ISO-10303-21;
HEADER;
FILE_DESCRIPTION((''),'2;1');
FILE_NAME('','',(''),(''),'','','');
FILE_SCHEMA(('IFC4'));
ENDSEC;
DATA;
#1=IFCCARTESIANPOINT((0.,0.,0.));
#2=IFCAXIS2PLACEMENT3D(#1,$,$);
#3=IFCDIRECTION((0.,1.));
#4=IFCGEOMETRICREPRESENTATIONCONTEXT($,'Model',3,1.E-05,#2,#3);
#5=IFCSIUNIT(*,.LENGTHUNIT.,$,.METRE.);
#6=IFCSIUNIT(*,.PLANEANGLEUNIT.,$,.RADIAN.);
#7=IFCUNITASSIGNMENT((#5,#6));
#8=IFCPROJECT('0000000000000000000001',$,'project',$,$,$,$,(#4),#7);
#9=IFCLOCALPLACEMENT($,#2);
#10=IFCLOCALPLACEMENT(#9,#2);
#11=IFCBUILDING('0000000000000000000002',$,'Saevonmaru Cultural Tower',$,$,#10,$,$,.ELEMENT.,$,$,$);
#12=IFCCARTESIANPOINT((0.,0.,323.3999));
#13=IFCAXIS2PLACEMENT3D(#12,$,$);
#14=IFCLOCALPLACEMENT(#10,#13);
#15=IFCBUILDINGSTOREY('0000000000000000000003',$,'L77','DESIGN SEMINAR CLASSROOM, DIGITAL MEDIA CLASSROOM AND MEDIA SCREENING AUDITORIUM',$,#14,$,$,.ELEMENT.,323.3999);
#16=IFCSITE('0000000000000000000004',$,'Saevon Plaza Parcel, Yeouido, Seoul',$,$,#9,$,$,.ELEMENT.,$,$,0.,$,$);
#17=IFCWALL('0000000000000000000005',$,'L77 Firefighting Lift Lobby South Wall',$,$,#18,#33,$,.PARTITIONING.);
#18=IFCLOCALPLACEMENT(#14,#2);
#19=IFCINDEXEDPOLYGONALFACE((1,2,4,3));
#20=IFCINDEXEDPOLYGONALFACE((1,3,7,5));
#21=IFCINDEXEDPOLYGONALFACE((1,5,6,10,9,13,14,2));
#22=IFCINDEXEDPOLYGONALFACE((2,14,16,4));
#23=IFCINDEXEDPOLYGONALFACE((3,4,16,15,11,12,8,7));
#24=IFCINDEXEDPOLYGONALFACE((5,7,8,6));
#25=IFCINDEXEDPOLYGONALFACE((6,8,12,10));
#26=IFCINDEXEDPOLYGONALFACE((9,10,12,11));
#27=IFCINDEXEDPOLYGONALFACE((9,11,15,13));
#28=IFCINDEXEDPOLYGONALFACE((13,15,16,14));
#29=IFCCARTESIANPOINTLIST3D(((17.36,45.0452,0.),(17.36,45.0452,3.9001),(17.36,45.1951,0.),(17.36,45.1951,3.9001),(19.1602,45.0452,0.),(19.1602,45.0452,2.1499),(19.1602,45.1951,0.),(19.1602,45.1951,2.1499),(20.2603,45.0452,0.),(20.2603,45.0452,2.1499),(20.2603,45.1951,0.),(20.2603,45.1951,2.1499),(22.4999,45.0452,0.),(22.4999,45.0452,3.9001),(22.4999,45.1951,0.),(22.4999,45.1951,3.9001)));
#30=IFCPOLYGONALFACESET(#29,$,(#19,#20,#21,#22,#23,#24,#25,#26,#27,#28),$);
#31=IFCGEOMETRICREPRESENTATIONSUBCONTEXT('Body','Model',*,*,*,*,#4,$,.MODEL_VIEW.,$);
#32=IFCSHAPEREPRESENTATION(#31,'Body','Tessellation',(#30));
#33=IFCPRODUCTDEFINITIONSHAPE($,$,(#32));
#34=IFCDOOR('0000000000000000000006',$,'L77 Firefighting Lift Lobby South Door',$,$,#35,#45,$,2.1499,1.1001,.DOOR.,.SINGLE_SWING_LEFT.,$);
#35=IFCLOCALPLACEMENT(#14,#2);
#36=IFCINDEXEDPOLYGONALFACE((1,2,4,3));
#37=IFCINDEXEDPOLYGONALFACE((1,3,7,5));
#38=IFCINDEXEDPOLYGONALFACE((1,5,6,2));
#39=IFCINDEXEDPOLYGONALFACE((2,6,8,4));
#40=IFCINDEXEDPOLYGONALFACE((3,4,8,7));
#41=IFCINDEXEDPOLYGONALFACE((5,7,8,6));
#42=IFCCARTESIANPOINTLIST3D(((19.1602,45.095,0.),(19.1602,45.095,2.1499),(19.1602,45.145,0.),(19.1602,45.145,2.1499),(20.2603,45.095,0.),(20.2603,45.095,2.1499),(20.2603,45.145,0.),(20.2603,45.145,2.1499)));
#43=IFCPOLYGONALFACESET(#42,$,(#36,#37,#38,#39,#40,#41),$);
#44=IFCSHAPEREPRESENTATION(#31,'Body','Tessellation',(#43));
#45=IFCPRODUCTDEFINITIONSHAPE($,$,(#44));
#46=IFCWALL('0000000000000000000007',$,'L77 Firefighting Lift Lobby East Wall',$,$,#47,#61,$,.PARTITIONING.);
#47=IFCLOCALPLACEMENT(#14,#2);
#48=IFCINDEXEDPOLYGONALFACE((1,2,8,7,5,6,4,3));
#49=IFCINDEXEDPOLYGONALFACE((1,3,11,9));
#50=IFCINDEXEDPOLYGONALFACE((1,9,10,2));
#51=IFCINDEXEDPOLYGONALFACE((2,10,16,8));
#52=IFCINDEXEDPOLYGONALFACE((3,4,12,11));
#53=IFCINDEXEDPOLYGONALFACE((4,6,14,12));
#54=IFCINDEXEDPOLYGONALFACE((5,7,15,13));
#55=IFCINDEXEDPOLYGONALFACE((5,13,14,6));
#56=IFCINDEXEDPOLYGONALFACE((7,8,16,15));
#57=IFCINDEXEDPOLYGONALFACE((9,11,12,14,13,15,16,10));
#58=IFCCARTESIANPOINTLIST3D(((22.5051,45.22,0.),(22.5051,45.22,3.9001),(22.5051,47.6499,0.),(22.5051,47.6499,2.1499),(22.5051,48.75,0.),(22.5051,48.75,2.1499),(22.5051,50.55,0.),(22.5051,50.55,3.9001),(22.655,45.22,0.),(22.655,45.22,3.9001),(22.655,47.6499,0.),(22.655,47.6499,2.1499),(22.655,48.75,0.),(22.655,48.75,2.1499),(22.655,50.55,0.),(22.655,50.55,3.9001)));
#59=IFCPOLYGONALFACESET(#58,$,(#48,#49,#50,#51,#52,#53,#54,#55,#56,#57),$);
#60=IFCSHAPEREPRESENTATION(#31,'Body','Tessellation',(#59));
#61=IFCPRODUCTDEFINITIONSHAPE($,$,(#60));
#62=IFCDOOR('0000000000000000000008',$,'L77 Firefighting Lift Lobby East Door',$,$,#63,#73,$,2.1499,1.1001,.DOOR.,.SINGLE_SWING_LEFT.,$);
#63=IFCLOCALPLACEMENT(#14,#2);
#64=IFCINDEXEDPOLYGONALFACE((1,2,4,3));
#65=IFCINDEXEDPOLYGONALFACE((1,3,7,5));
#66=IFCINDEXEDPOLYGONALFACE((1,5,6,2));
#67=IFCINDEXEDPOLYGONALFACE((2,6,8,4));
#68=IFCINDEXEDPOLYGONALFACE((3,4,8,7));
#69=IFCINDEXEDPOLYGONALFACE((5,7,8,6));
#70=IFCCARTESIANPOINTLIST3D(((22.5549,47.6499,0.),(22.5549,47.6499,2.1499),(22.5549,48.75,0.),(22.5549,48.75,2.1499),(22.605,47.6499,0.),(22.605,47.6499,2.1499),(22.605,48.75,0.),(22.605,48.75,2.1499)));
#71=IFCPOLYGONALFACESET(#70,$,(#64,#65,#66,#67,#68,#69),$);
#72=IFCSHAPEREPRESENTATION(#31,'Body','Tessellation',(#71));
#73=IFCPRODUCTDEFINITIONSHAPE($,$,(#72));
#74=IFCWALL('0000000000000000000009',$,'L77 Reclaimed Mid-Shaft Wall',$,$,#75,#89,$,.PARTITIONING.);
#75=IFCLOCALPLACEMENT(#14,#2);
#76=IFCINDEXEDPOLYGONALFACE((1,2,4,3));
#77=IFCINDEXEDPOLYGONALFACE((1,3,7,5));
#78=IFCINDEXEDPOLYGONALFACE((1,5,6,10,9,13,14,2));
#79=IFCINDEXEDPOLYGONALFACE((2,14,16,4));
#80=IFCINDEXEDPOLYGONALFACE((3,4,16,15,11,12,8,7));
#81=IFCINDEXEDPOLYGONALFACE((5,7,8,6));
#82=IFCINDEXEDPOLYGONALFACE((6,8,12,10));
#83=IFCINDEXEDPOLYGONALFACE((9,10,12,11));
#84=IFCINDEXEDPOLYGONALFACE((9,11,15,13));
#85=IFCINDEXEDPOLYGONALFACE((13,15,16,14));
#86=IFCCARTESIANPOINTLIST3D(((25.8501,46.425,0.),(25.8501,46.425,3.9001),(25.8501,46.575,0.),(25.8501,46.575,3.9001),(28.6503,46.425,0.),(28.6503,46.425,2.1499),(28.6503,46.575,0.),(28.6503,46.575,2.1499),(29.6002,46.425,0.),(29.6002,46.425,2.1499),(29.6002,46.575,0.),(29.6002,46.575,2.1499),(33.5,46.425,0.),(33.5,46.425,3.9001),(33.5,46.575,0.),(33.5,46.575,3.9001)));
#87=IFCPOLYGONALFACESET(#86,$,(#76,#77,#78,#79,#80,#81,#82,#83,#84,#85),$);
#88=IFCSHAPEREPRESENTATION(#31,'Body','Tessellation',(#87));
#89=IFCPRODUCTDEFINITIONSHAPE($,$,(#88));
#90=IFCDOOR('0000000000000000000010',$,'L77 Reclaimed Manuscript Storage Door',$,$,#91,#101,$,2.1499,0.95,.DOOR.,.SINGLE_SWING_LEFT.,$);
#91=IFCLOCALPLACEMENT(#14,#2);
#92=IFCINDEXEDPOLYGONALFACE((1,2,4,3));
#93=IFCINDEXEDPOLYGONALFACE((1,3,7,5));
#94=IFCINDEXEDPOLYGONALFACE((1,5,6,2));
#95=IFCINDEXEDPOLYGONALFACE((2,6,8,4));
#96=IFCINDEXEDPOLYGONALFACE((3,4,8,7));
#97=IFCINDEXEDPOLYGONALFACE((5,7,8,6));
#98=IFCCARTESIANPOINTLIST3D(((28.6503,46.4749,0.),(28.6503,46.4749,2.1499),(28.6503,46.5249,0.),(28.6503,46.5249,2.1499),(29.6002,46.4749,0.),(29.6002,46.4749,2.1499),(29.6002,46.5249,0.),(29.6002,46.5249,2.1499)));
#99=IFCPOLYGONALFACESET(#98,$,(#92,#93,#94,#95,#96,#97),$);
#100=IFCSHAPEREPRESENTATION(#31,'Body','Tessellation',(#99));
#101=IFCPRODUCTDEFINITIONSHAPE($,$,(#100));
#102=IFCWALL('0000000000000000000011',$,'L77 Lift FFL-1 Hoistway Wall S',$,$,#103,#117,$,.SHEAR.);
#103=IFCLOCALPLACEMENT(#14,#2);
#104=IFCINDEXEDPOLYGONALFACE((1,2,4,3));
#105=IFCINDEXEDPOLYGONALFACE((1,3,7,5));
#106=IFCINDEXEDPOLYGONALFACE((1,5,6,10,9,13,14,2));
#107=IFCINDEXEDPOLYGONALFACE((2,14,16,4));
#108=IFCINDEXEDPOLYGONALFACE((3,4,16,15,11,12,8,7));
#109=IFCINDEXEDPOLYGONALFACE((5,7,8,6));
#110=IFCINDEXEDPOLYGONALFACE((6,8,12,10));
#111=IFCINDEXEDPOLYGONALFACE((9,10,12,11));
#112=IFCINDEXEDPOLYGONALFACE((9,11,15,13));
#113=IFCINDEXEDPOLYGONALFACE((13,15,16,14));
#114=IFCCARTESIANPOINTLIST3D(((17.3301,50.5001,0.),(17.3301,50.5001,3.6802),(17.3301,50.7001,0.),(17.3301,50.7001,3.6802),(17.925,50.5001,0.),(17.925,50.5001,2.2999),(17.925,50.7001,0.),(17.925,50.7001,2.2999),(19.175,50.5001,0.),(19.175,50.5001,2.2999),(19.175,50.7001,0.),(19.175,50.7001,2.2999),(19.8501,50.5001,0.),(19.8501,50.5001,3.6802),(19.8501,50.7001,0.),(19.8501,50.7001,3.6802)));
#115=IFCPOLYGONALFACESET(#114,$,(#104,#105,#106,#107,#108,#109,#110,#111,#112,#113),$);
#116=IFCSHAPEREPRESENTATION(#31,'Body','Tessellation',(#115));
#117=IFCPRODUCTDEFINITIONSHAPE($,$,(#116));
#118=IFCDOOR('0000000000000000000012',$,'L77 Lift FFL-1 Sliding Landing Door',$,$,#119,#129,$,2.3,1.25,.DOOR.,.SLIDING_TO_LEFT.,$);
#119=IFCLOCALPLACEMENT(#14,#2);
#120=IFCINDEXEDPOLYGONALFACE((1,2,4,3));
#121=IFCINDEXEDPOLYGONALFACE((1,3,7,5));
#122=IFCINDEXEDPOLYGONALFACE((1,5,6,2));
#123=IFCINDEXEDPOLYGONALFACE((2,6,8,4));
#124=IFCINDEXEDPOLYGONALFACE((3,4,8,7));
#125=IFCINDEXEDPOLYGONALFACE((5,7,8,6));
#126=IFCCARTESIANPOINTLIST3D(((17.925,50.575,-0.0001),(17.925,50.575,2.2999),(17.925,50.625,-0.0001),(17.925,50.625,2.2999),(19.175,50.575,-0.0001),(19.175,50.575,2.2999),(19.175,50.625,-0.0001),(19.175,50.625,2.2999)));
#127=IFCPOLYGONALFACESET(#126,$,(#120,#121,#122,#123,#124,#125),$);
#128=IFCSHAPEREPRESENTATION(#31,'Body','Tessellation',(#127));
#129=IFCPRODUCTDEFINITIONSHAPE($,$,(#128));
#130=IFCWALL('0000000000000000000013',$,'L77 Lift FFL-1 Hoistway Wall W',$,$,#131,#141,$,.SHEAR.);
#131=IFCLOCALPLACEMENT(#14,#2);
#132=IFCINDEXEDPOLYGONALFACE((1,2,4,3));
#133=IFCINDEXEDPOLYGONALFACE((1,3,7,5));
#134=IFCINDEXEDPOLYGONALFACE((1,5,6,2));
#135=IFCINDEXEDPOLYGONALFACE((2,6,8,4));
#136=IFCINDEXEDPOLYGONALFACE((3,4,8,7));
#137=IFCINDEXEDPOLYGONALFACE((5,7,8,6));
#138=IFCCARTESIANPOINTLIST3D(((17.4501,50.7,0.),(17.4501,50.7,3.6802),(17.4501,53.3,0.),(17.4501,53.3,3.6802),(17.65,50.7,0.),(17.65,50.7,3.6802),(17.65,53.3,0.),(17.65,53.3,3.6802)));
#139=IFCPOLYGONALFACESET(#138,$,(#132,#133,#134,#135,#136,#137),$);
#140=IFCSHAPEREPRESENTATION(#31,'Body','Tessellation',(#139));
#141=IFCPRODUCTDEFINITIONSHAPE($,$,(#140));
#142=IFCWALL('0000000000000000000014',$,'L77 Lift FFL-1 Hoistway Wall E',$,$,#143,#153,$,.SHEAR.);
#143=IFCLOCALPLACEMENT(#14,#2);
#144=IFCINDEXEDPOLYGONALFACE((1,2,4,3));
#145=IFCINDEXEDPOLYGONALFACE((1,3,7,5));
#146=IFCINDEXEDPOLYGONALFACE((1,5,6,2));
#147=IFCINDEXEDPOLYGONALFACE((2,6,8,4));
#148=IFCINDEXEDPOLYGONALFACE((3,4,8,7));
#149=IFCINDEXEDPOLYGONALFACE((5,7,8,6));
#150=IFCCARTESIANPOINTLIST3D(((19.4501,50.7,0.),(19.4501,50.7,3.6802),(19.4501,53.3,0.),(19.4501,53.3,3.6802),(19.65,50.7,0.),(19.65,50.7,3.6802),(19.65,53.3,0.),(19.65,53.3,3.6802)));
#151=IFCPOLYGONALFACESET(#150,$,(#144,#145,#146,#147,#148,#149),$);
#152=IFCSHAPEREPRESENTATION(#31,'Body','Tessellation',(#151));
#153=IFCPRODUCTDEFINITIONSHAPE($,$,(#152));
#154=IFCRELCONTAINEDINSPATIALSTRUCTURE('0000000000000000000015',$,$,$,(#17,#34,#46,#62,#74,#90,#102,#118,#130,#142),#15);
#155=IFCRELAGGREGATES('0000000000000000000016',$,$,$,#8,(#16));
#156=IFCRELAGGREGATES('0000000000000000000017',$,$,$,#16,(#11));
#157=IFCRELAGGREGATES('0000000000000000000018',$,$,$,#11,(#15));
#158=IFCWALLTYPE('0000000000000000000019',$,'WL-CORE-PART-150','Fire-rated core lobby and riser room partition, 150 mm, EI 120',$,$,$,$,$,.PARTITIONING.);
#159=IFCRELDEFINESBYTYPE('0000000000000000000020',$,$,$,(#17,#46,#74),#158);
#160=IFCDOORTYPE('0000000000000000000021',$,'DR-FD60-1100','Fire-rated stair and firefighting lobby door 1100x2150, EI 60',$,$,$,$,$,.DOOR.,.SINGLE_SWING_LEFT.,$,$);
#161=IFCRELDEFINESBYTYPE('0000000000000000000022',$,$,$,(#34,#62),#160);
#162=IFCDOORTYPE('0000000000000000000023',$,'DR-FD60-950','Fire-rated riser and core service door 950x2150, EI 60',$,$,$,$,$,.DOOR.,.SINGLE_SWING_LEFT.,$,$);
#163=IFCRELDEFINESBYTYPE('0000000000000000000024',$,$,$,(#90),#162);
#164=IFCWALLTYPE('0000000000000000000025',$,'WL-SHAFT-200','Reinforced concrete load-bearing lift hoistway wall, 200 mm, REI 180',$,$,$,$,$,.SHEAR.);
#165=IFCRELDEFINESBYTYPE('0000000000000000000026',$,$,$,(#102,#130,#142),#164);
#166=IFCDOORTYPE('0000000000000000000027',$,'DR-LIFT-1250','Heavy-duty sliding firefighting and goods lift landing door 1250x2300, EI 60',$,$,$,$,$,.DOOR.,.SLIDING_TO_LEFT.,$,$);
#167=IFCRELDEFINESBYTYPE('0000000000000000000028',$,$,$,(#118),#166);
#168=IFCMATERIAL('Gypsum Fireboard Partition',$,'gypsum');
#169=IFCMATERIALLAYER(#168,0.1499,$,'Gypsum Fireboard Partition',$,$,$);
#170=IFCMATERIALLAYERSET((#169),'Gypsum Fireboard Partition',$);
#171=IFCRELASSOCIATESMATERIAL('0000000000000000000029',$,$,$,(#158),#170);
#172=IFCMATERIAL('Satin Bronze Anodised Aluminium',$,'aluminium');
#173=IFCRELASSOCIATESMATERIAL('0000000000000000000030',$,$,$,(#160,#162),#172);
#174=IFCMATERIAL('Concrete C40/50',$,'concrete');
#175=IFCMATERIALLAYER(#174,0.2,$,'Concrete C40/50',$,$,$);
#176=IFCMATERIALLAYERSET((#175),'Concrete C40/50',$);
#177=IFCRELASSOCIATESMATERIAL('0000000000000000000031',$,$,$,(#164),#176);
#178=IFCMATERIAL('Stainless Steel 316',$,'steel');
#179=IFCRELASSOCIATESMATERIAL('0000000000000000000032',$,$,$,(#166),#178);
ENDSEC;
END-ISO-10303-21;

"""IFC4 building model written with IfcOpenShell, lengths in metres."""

from ifc_helpers import new_model, si_unit, direction, frame, frame_2d, origin, place, context, subcontext, project, spatial, rectangle, extrude, material, layer, layer_set, type_object, element, fill, save


model = new_model("IFC4")

# Units and contexts
model_context = context("Model", 3, precision=1e-05, world=origin(), true_north=direction((0.0, 1.0)))
body_context = subcontext(model_context, "Body", "Model", "MODEL_VIEW")
ifc_project = project(units=[si_unit("LENGTHUNIT", "METRE"), si_unit("PLANEANGLEUNIT", "RADIAN")], contexts=[model_context])

# Site, building, storey
site_placement = place(None, origin())
site = spatial("IfcSite", under=ifc_project, at=site_placement, Name="Saevon Plaza Parcel, Yeouido, Seoul", CompositionType="ELEMENT", RefElevation=0.0)
building_placement = place(site_placement, origin())
building = spatial("IfcBuilding", under=site, at=building_placement, Name="Saevonmaru Cultural Tower", CompositionType="ELEMENT")
storey_placement = place(building_placement, frame((0.0, 0.0, 323.3999)))
storey = spatial("IfcBuildingStorey", under=building, at=storey_placement, Name="L77", Description="DESIGN SEMINAR CLASSROOM, DIGITAL MEDIA CLASSROOM AND MEDIA SCREENING AUDITORIUM", CompositionType="ELEMENT", Elevation=323.3999)

# Walls, openings, doors
ifc_material_1 = material(Name="Gypsum Fireboard Partition", Category="gypsum")
ifc_layer_1 = layer(ifc_material_1, 0.1499, Name="Gypsum Fireboard Partition")
ifc_layer_set_1 = layer_set([ifc_layer_1], Name="Gypsum Fireboard Partition")
wall_type_1 = type_object("IfcWallType", Name="WL-CORE-PART-150", Description="Fire-rated core lobby and riser room partition, 150 mm, EI 120", PredefinedType="PARTITIONING", material=ifc_layer_set_1)
wall_1_placement = place(storey_placement, frame((17.3601, 45.1201, 0.0), z_axis=(0.0, 0.0, 1.0), x_axis=(1.0, 0.0, 0.0)))
wall_1 = element("IfcWall", 1, at=wall_1_placement, inside=storey, type_object=wall_type_1, Name="L77 Firefighting Lift Lobby South Wall", PredefinedType="PARTITIONING", context=body_context, shape_type="SweptSolid", body=[
    extrude(rectangle(XDim=5.1399, YDim=0.1499, at=frame_2d((2.5698, 0.0))), origin(), (0.0, 0.0, 1.0), 3.9001),
])
opening_1_placement = place(wall_1_placement, frame((1.8, 0.0, 0.0)))
opening_1 = element("IfcOpeningElement", 2, at=opening_1_placement, cuts=wall_1, PredefinedType="OPENING", context=body_context, shape_type="SweptSolid", body=[
    extrude(rectangle(XDim=1.1001, YDim=2.1499, at=frame_2d((0.55, 1.075))), frame((0.0, 0.085, 0.0), z_axis=(0.0, -1.0, 0.0), x_axis=(1.0, 0.0, 0.0)), (0.0, 0.0, 1.0), 0.1699),
])
ifc_material_2 = material(Name="Satin Bronze Anodised Aluminium", Category="aluminium")
door_type_1 = type_object("IfcDoorType", Name="DR-FD60-1100", Description="Fire-rated stair and firefighting lobby door 1100x2150, EI 60", OperationType="SINGLE_SWING_LEFT", PredefinedType="DOOR", material=ifc_material_2)
door_1_placement = place(opening_1_placement, origin())
door_1 = element("IfcDoor", 3, at=door_1_placement, inside=storey, type_object=door_type_1, Name="L77 Firefighting Lift Lobby South Door", OperationType="SINGLE_SWING_LEFT", OverallHeight=2.1499, OverallWidth=1.1001, PredefinedType="DOOR", context=body_context, shape_type="SweptSolid", body=[
    extrude(rectangle(XDim=1.1001, YDim=2.1499, at=frame_2d((0.55, 1.075))), frame((0.0, 0.0249, 0.0), z_axis=(0.0, -1.0, 0.0), x_axis=(1.0, 0.0, 0.0)), (0.0, 0.0, 1.0), 0.05),
])
fill(opening_1, door_1)
wall_2_placement = place(storey_placement, frame((22.5801, 50.55, 0.0), z_axis=(0.0, 0.0, 1.0), x_axis=(0.0, -1.0, 0.0)))
wall_2 = element("IfcWall", 4, at=wall_2_placement, inside=storey, type_object=wall_type_1, Name="L77 Firefighting Lift Lobby East Wall", PredefinedType="PARTITIONING", context=body_context, shape_type="SweptSolid", body=[
    extrude(rectangle(XDim=5.3301, YDim=0.1499, at=frame_2d((2.665, 0.0))), origin(), (0.0, 0.0, 1.0), 3.9001),
])
opening_2_placement = place(wall_2_placement, frame((1.8, 0.0, 0.0)))
opening_2 = element("IfcOpeningElement", 5, at=opening_2_placement, cuts=wall_2, PredefinedType="OPENING", context=body_context, shape_type="SweptSolid", body=[
    extrude(rectangle(XDim=1.1001, YDim=2.1499, at=frame_2d((0.55, 1.075))), frame((0.0, 0.085, 0.0), z_axis=(0.0, -1.0, 0.0), x_axis=(1.0, 0.0, 0.0)), (0.0, 0.0, 1.0), 0.1699),
])
door_2_placement = place(opening_2_placement, origin())
door_2 = element("IfcDoor", 6, at=door_2_placement, inside=storey, type_object=door_type_1, Name="L77 Firefighting Lift Lobby East Door", OperationType="SINGLE_SWING_LEFT", OverallHeight=2.1499, OverallWidth=1.1001, PredefinedType="DOOR", context=body_context, shape_type="SweptSolid", body=[
    extrude(rectangle(XDim=1.1001, YDim=2.1499, at=frame_2d((0.55, 1.075))), frame((0.0, 0.0249, 0.0), z_axis=(0.0, -1.0, 0.0), x_axis=(1.0, 0.0, 0.0)), (0.0, 0.0, 1.0), 0.05),
])
fill(opening_2, door_2)
wall_3_placement = place(storey_placement, frame((25.8501, 46.5, 0.0), z_axis=(0.0, 0.0, 1.0), x_axis=(1.0, 0.0, 0.0)))
wall_3 = element("IfcWall", 7, at=wall_3_placement, inside=storey, type_object=wall_type_1, Name="L77 Reclaimed Mid-Shaft Wall", PredefinedType="PARTITIONING", context=body_context, shape_type="SweptSolid", body=[
    extrude(rectangle(XDim=7.6499, YDim=0.1499, at=frame_2d((3.825, 0.0))), origin(), (0.0, 0.0, 1.0), 3.9001),
])
opening_3_placement = place(wall_3_placement, frame((2.8, 0.0, 0.0)))
opening_3 = element("IfcOpeningElement", 8, at=opening_3_placement, cuts=wall_3, PredefinedType="OPENING", context=body_context, shape_type="SweptSolid", body=[
    extrude(rectangle(XDim=0.95, YDim=2.1499, at=frame_2d((0.4751, 1.075))), frame((0.0, 0.085, 0.0), z_axis=(0.0, -1.0, 0.0), x_axis=(1.0, 0.0, 0.0)), (0.0, 0.0, 1.0), 0.1699),
])
door_type_2 = type_object("IfcDoorType", Name="DR-FD60-950", Description="Fire-rated riser and core service door 950x2150, EI 60", OperationType="SINGLE_SWING_LEFT", PredefinedType="DOOR", material=ifc_material_2)
door_3_placement = place(opening_3_placement, origin())
door_3 = element("IfcDoor", 9, at=door_3_placement, inside=storey, type_object=door_type_2, Name="L77 Reclaimed Manuscript Storage Door", OperationType="SINGLE_SWING_LEFT", OverallHeight=2.1499, OverallWidth=0.95, PredefinedType="DOOR", context=body_context, shape_type="SweptSolid", body=[
    extrude(rectangle(XDim=0.95, YDim=2.1499, at=frame_2d((0.4751, 1.075))), frame((0.0, 0.0249, 0.0), z_axis=(0.0, -1.0, 0.0), x_axis=(1.0, 0.0, 0.0)), (0.0, 0.0, 1.0), 0.05),
])
fill(opening_3, door_3)
ifc_material_3 = material(Name="Concrete C40/50", Category="concrete")
ifc_layer_2 = layer(ifc_material_3, 0.2, Name="Concrete C40/50")
ifc_layer_set_2 = layer_set([ifc_layer_2], Name="Concrete C40/50")
wall_type_2 = type_object("IfcWallType", Name="WL-SHAFT-200", Description="Reinforced concrete load-bearing lift hoistway wall, 200 mm, REI 180", PredefinedType="SHEAR", material=ifc_layer_set_2)
wall_4_placement = place(storey_placement, frame((17.3301, 50.6001, 0.0), z_axis=(0.0, 0.0, 1.0), x_axis=(1.0, 0.0, 0.0)))
wall_4 = element("IfcWall", 10, at=wall_4_placement, inside=storey, type_object=wall_type_2, Name="L77 Lift FFL-1 Hoistway Wall S", PredefinedType="SHEAR", context=body_context, shape_type="SweptSolid", body=[
    extrude(rectangle(XDim=2.52, YDim=0.2, at=frame_2d((1.26, 0.0))), origin(), (0.0, 0.0, 1.0), 3.6802),
])
opening_4_placement = place(wall_4_placement, frame((0.595, 0.0, 0.0)))
opening_4 = element("IfcOpeningElement", 11, at=opening_4_placement, cuts=wall_4, PredefinedType="OPENING", context=body_context, shape_type="SweptSolid", body=[
    extrude(rectangle(XDim=1.25, YDim=2.3, at=frame_2d((0.625, 1.1499))), frame((0.0, 0.1099, 0.0), z_axis=(0.0, -1.0, 0.0), x_axis=(1.0, 0.0, 0.0)), (0.0, 0.0, 1.0), 0.22),
])
ifc_material_4 = material(Name="Stainless Steel 316", Category="steel")
door_type_3 = type_object("IfcDoorType", Name="DR-LIFT-1250", Description="Heavy-duty sliding firefighting and goods lift landing door 1250x2300, EI 60", OperationType="SLIDING_TO_LEFT", PredefinedType="DOOR", material=ifc_material_4)
door_4_placement = place(opening_4_placement, origin())
door_4 = element("IfcDoor", 12, at=door_4_placement, inside=storey, type_object=door_type_3, Name="L77 Lift FFL-1 Sliding Landing Door", OperationType="SLIDING_TO_LEFT", OverallHeight=2.3, OverallWidth=1.25, PredefinedType="DOOR", context=body_context, shape_type="SweptSolid", body=[
    extrude(rectangle(XDim=1.25, YDim=2.3, at=frame_2d((0.625, 1.1499))), frame((0.0, 0.0249, 0.0), z_axis=(0.0, -1.0, 0.0), x_axis=(1.0, 0.0, 0.0)), (0.0, 0.0, 1.0), 0.05),
])
fill(opening_4, door_4)

# Walls
for number, where, z_axis, x_axis, name in (
    (13, (17.55, 50.7, 0.0), (0.0, 0.0, 1.0), (0.0, 1.0, 0.0), "L77 Lift FFL-1 Hoistway Wall W"),
    (14, (19.55, 50.7, 0.0), (0.0, 0.0, 1.0), (0.0, 1.0, 0.0), "L77 Lift FFL-1 Hoistway Wall E"),
):
    element("IfcWall", number, at=place(storey_placement, frame(where, z_axis=z_axis, x_axis=x_axis)), inside=storey, type_object=wall_type_2, Name=name, PredefinedType="SHEAR", context=body_context, shape_type="SweptSolid", body=[
        extrude(rectangle(XDim=2.6001, YDim=0.2, at=frame_2d((1.3, 0.0))), origin(), (0.0, 0.0, 1.0), 3.6802),
    ])

save(model, "model.ifc")
